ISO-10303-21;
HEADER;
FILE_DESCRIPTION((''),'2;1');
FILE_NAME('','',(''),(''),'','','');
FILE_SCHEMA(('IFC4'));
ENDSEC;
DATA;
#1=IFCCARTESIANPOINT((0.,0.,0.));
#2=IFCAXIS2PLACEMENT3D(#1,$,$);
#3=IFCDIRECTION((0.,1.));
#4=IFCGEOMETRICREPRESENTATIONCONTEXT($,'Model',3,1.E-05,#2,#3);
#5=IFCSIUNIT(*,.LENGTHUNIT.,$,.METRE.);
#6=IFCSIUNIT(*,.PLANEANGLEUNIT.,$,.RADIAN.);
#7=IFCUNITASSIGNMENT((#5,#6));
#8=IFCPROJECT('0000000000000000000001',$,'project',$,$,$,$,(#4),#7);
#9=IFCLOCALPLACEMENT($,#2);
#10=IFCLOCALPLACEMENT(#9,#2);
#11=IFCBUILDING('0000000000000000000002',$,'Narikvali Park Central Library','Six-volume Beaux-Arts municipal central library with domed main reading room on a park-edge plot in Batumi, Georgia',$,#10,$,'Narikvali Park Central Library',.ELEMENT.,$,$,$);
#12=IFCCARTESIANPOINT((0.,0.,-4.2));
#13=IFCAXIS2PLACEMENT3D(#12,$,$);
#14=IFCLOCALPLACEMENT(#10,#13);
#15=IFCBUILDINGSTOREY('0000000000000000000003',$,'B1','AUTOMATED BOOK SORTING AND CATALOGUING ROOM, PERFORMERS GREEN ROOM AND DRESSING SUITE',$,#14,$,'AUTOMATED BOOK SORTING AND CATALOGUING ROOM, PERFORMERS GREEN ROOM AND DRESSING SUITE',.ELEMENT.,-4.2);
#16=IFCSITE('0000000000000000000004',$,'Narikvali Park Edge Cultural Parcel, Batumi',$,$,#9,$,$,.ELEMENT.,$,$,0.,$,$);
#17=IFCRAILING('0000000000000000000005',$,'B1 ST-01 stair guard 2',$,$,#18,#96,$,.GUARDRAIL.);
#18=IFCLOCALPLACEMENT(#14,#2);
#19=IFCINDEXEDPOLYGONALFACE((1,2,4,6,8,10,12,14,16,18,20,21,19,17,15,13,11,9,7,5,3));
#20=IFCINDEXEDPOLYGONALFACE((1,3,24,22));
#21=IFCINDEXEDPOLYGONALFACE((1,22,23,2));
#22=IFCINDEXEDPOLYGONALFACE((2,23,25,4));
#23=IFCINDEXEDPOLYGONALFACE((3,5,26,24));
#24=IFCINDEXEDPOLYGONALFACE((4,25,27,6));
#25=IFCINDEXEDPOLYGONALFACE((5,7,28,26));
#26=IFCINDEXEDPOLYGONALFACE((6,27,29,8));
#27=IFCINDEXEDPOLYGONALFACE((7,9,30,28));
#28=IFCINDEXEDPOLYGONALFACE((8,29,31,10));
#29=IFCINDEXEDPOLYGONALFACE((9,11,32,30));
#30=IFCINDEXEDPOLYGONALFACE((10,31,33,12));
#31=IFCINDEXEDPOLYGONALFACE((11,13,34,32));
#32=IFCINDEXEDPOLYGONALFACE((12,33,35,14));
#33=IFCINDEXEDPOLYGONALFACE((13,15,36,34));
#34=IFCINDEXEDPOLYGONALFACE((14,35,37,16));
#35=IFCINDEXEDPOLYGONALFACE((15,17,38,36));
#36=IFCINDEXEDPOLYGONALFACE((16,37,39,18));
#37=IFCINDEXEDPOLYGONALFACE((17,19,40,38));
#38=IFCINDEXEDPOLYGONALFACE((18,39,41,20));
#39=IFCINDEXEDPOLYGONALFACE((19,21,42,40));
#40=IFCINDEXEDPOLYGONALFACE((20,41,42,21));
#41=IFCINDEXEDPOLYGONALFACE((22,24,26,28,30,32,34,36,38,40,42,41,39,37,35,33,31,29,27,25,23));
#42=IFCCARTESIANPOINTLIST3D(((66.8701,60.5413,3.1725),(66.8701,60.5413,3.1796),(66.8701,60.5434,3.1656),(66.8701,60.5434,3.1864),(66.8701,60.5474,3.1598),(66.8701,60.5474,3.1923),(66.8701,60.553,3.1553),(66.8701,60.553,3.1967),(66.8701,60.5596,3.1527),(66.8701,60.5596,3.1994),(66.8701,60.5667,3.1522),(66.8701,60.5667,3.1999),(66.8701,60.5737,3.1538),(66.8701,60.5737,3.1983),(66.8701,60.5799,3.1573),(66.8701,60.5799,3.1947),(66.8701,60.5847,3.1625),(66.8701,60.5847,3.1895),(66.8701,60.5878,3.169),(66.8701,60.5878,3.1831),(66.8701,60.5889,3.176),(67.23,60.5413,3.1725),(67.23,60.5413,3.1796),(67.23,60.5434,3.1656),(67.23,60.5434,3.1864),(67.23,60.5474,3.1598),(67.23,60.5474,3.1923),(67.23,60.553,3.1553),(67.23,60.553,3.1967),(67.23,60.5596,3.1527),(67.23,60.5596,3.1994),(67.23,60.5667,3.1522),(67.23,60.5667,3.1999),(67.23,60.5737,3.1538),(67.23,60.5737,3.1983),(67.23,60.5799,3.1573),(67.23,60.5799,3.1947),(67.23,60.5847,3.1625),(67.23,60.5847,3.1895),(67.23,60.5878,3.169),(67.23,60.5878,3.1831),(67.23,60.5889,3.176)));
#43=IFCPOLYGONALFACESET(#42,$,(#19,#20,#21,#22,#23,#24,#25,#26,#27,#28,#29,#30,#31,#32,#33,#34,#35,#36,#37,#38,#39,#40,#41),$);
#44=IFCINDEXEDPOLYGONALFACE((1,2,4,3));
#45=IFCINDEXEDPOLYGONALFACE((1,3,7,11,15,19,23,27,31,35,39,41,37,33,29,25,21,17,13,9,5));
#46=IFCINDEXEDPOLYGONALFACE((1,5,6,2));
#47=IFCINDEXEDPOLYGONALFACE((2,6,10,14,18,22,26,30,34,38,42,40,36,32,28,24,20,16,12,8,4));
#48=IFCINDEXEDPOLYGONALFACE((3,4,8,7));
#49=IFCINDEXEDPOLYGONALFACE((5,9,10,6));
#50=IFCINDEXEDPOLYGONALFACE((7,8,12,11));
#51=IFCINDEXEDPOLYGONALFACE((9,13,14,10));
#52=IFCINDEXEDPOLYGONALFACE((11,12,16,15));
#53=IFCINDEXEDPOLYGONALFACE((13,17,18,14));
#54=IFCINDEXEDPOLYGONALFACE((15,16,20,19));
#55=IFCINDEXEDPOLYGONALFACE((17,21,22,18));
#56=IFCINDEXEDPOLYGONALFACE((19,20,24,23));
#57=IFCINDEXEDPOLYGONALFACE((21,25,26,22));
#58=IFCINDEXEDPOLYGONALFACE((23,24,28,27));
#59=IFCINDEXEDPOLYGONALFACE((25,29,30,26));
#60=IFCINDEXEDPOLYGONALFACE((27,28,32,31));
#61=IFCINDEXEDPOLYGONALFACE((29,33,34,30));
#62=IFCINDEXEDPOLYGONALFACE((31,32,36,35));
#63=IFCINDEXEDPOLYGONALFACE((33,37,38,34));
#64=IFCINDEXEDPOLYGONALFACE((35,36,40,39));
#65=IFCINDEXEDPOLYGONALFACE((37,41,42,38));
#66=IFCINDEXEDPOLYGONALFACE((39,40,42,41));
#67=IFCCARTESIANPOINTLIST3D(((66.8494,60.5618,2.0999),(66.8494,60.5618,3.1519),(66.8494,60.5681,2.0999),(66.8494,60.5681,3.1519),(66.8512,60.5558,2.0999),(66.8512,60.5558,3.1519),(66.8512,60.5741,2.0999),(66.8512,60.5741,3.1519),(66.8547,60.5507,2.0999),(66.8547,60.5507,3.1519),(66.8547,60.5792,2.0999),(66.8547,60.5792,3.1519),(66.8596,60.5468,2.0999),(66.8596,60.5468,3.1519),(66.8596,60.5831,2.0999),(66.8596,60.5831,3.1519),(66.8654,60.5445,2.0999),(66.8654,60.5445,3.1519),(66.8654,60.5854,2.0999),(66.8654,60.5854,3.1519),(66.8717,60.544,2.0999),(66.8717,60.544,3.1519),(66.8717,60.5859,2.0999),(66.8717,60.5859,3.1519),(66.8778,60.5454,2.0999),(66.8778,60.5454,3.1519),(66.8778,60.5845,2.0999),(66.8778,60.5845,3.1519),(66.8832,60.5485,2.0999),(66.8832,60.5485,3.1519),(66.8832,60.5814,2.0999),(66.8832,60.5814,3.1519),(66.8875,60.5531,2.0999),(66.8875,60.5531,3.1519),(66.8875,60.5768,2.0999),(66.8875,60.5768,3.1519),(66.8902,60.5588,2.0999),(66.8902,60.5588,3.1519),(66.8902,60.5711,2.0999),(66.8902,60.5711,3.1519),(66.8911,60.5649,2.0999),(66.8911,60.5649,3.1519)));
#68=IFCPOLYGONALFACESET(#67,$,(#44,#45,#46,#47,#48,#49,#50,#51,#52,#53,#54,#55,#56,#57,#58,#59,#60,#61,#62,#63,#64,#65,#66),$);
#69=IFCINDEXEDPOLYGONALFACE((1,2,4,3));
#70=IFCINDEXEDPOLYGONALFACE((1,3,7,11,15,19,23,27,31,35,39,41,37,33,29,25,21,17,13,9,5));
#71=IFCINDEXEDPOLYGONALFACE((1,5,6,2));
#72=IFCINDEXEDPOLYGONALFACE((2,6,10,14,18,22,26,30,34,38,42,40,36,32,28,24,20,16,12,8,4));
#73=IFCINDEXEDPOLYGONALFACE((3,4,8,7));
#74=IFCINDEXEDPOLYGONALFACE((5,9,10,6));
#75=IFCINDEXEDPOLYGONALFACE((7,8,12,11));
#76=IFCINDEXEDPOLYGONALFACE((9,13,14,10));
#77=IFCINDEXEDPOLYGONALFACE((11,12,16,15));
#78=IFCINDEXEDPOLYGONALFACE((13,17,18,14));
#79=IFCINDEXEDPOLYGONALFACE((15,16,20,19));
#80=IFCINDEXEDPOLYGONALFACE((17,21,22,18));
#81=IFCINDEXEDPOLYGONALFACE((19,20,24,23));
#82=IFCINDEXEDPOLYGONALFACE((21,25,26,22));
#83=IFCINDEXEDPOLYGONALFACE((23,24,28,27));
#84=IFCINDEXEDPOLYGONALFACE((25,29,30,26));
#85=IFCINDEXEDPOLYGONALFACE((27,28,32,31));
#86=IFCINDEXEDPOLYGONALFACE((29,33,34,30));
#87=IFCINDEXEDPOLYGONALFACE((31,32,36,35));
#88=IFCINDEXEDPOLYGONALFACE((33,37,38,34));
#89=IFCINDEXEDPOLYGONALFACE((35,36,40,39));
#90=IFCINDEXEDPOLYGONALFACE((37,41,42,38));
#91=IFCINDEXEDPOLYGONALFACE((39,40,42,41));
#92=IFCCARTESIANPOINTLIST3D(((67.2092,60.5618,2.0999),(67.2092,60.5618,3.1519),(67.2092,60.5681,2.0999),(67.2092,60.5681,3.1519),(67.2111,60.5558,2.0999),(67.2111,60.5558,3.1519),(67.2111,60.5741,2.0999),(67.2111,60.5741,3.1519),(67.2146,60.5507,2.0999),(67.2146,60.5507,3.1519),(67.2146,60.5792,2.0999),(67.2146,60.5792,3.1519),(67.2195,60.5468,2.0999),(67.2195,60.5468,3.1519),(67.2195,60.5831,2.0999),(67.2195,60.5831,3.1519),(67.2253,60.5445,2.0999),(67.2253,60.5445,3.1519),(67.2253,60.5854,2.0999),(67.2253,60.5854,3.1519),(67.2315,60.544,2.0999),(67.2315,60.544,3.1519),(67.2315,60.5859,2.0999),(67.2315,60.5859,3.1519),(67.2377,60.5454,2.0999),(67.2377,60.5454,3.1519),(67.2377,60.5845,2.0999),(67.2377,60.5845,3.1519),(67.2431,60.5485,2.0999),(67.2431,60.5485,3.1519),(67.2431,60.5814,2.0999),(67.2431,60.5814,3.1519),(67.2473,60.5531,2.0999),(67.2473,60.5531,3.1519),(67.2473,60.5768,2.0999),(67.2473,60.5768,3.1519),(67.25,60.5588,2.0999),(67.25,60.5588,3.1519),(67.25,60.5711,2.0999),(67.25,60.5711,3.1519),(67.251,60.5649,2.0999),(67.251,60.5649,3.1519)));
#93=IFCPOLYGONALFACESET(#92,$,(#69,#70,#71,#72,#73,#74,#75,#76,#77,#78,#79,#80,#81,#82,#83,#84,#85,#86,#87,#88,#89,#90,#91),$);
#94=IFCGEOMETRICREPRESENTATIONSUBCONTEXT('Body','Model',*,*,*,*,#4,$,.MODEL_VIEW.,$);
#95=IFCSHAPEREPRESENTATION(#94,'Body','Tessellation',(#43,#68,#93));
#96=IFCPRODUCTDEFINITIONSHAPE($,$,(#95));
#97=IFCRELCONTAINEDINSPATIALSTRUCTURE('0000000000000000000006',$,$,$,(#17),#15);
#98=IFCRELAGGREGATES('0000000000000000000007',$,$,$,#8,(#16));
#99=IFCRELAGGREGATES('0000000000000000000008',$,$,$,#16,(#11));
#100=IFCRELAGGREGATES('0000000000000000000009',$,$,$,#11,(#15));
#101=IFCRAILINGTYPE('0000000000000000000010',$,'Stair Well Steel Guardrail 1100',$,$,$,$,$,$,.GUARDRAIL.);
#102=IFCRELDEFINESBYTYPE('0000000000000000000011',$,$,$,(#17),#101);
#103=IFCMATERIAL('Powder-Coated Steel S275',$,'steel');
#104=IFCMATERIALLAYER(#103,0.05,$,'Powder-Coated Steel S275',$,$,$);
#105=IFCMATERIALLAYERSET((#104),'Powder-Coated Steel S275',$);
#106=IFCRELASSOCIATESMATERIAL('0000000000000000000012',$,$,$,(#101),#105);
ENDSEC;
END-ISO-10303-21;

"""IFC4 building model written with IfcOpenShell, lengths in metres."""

from ifc_helpers import new_model, si_unit, direction, frame, origin, origin_2d, place, context, subcontext, project, spatial, circle, extrude, material, layer, layer_set, type_object, element, save


model = new_model("IFC4")

# Units and contexts
model_context = context("Model", 3, precision=1e-05, world=origin(), true_north=direction((0.0, 1.0)))
body_context = subcontext(model_context, "Body", "Model", "MODEL_VIEW")
ifc_project = project(units=[si_unit("LENGTHUNIT", "METRE"), si_unit("PLANEANGLEUNIT", "RADIAN")], contexts=[model_context])

# Site, building, storey
site_placement = place(None, origin())
site = spatial("IfcSite", under=ifc_project, at=site_placement, Name="Narikvali Park Edge Cultural Parcel, Batumi", CompositionType="ELEMENT", RefElevation=0.0)
building_placement = place(site_placement, origin())
building = spatial("IfcBuilding", under=site, at=building_placement, Name="Narikvali Park Central Library", Description="Six-volume Beaux-Arts municipal central library with domed main reading room on a park-edge plot in Batumi, Georgia", LongName="Narikvali Park Central Library", CompositionType="ELEMENT")
storey_placement = place(building_placement, frame((0.0, 0.0, -4.2)))
storey = spatial("IfcBuildingStorey", under=building, at=storey_placement, Name="B1", Description="AUTOMATED BOOK SORTING AND CATALOGUING ROOM, PERFORMERS GREEN ROOM AND DRESSING SUITE", LongName="AUTOMATED BOOK SORTING AND CATALOGUING ROOM, PERFORMERS GREEN ROOM AND DRESSING SUITE", CompositionType="ELEMENT", Elevation=-4.2)

# Railing
ifc_material_1 = material(Name="Powder-Coated Steel S275", Category="steel")
ifc_layer_1 = layer(ifc_material_1, 0.05, Name="Powder-Coated Steel S275")
ifc_layer_set_1 = layer_set([ifc_layer_1], Name="Powder-Coated Steel S275")
railing_type_1 = type_object("IfcRailingType", Name="Stair Well Steel Guardrail 1100", PredefinedType="GUARDRAIL", material=ifc_layer_set_1)
railing_1_placement = place(storey_placement, frame((66.8701, 60.5649, 2.0999)))
element("IfcRailing", 1, at=railing_1_placement, inside=storey, type_object=railing_type_1, Name="B1 ST-01 stair guard 2", PredefinedType="GUARDRAIL", context=body_context, shape_type="SweptSolid", body=[
    extrude(circle(Radius=0.0239, at=origin_2d()), frame((0.0, 0.0, 1.0762), z_axis=(1.0, 0.0, 0.0), x_axis=(0.0, 1.0, 0.0)), (0.0, 0.0, 1.0), 0.3599),
    extrude(circle(Radius=0.021, at=origin_2d()), origin(), (0.0, 0.0, 1.0), 1.052),
    extrude(circle(Radius=0.021, at=origin_2d()), frame((0.3599, 0.0, 0.0)), (0.0, 0.0, 1.0), 1.052),
])

save(model, "model.ifc")
